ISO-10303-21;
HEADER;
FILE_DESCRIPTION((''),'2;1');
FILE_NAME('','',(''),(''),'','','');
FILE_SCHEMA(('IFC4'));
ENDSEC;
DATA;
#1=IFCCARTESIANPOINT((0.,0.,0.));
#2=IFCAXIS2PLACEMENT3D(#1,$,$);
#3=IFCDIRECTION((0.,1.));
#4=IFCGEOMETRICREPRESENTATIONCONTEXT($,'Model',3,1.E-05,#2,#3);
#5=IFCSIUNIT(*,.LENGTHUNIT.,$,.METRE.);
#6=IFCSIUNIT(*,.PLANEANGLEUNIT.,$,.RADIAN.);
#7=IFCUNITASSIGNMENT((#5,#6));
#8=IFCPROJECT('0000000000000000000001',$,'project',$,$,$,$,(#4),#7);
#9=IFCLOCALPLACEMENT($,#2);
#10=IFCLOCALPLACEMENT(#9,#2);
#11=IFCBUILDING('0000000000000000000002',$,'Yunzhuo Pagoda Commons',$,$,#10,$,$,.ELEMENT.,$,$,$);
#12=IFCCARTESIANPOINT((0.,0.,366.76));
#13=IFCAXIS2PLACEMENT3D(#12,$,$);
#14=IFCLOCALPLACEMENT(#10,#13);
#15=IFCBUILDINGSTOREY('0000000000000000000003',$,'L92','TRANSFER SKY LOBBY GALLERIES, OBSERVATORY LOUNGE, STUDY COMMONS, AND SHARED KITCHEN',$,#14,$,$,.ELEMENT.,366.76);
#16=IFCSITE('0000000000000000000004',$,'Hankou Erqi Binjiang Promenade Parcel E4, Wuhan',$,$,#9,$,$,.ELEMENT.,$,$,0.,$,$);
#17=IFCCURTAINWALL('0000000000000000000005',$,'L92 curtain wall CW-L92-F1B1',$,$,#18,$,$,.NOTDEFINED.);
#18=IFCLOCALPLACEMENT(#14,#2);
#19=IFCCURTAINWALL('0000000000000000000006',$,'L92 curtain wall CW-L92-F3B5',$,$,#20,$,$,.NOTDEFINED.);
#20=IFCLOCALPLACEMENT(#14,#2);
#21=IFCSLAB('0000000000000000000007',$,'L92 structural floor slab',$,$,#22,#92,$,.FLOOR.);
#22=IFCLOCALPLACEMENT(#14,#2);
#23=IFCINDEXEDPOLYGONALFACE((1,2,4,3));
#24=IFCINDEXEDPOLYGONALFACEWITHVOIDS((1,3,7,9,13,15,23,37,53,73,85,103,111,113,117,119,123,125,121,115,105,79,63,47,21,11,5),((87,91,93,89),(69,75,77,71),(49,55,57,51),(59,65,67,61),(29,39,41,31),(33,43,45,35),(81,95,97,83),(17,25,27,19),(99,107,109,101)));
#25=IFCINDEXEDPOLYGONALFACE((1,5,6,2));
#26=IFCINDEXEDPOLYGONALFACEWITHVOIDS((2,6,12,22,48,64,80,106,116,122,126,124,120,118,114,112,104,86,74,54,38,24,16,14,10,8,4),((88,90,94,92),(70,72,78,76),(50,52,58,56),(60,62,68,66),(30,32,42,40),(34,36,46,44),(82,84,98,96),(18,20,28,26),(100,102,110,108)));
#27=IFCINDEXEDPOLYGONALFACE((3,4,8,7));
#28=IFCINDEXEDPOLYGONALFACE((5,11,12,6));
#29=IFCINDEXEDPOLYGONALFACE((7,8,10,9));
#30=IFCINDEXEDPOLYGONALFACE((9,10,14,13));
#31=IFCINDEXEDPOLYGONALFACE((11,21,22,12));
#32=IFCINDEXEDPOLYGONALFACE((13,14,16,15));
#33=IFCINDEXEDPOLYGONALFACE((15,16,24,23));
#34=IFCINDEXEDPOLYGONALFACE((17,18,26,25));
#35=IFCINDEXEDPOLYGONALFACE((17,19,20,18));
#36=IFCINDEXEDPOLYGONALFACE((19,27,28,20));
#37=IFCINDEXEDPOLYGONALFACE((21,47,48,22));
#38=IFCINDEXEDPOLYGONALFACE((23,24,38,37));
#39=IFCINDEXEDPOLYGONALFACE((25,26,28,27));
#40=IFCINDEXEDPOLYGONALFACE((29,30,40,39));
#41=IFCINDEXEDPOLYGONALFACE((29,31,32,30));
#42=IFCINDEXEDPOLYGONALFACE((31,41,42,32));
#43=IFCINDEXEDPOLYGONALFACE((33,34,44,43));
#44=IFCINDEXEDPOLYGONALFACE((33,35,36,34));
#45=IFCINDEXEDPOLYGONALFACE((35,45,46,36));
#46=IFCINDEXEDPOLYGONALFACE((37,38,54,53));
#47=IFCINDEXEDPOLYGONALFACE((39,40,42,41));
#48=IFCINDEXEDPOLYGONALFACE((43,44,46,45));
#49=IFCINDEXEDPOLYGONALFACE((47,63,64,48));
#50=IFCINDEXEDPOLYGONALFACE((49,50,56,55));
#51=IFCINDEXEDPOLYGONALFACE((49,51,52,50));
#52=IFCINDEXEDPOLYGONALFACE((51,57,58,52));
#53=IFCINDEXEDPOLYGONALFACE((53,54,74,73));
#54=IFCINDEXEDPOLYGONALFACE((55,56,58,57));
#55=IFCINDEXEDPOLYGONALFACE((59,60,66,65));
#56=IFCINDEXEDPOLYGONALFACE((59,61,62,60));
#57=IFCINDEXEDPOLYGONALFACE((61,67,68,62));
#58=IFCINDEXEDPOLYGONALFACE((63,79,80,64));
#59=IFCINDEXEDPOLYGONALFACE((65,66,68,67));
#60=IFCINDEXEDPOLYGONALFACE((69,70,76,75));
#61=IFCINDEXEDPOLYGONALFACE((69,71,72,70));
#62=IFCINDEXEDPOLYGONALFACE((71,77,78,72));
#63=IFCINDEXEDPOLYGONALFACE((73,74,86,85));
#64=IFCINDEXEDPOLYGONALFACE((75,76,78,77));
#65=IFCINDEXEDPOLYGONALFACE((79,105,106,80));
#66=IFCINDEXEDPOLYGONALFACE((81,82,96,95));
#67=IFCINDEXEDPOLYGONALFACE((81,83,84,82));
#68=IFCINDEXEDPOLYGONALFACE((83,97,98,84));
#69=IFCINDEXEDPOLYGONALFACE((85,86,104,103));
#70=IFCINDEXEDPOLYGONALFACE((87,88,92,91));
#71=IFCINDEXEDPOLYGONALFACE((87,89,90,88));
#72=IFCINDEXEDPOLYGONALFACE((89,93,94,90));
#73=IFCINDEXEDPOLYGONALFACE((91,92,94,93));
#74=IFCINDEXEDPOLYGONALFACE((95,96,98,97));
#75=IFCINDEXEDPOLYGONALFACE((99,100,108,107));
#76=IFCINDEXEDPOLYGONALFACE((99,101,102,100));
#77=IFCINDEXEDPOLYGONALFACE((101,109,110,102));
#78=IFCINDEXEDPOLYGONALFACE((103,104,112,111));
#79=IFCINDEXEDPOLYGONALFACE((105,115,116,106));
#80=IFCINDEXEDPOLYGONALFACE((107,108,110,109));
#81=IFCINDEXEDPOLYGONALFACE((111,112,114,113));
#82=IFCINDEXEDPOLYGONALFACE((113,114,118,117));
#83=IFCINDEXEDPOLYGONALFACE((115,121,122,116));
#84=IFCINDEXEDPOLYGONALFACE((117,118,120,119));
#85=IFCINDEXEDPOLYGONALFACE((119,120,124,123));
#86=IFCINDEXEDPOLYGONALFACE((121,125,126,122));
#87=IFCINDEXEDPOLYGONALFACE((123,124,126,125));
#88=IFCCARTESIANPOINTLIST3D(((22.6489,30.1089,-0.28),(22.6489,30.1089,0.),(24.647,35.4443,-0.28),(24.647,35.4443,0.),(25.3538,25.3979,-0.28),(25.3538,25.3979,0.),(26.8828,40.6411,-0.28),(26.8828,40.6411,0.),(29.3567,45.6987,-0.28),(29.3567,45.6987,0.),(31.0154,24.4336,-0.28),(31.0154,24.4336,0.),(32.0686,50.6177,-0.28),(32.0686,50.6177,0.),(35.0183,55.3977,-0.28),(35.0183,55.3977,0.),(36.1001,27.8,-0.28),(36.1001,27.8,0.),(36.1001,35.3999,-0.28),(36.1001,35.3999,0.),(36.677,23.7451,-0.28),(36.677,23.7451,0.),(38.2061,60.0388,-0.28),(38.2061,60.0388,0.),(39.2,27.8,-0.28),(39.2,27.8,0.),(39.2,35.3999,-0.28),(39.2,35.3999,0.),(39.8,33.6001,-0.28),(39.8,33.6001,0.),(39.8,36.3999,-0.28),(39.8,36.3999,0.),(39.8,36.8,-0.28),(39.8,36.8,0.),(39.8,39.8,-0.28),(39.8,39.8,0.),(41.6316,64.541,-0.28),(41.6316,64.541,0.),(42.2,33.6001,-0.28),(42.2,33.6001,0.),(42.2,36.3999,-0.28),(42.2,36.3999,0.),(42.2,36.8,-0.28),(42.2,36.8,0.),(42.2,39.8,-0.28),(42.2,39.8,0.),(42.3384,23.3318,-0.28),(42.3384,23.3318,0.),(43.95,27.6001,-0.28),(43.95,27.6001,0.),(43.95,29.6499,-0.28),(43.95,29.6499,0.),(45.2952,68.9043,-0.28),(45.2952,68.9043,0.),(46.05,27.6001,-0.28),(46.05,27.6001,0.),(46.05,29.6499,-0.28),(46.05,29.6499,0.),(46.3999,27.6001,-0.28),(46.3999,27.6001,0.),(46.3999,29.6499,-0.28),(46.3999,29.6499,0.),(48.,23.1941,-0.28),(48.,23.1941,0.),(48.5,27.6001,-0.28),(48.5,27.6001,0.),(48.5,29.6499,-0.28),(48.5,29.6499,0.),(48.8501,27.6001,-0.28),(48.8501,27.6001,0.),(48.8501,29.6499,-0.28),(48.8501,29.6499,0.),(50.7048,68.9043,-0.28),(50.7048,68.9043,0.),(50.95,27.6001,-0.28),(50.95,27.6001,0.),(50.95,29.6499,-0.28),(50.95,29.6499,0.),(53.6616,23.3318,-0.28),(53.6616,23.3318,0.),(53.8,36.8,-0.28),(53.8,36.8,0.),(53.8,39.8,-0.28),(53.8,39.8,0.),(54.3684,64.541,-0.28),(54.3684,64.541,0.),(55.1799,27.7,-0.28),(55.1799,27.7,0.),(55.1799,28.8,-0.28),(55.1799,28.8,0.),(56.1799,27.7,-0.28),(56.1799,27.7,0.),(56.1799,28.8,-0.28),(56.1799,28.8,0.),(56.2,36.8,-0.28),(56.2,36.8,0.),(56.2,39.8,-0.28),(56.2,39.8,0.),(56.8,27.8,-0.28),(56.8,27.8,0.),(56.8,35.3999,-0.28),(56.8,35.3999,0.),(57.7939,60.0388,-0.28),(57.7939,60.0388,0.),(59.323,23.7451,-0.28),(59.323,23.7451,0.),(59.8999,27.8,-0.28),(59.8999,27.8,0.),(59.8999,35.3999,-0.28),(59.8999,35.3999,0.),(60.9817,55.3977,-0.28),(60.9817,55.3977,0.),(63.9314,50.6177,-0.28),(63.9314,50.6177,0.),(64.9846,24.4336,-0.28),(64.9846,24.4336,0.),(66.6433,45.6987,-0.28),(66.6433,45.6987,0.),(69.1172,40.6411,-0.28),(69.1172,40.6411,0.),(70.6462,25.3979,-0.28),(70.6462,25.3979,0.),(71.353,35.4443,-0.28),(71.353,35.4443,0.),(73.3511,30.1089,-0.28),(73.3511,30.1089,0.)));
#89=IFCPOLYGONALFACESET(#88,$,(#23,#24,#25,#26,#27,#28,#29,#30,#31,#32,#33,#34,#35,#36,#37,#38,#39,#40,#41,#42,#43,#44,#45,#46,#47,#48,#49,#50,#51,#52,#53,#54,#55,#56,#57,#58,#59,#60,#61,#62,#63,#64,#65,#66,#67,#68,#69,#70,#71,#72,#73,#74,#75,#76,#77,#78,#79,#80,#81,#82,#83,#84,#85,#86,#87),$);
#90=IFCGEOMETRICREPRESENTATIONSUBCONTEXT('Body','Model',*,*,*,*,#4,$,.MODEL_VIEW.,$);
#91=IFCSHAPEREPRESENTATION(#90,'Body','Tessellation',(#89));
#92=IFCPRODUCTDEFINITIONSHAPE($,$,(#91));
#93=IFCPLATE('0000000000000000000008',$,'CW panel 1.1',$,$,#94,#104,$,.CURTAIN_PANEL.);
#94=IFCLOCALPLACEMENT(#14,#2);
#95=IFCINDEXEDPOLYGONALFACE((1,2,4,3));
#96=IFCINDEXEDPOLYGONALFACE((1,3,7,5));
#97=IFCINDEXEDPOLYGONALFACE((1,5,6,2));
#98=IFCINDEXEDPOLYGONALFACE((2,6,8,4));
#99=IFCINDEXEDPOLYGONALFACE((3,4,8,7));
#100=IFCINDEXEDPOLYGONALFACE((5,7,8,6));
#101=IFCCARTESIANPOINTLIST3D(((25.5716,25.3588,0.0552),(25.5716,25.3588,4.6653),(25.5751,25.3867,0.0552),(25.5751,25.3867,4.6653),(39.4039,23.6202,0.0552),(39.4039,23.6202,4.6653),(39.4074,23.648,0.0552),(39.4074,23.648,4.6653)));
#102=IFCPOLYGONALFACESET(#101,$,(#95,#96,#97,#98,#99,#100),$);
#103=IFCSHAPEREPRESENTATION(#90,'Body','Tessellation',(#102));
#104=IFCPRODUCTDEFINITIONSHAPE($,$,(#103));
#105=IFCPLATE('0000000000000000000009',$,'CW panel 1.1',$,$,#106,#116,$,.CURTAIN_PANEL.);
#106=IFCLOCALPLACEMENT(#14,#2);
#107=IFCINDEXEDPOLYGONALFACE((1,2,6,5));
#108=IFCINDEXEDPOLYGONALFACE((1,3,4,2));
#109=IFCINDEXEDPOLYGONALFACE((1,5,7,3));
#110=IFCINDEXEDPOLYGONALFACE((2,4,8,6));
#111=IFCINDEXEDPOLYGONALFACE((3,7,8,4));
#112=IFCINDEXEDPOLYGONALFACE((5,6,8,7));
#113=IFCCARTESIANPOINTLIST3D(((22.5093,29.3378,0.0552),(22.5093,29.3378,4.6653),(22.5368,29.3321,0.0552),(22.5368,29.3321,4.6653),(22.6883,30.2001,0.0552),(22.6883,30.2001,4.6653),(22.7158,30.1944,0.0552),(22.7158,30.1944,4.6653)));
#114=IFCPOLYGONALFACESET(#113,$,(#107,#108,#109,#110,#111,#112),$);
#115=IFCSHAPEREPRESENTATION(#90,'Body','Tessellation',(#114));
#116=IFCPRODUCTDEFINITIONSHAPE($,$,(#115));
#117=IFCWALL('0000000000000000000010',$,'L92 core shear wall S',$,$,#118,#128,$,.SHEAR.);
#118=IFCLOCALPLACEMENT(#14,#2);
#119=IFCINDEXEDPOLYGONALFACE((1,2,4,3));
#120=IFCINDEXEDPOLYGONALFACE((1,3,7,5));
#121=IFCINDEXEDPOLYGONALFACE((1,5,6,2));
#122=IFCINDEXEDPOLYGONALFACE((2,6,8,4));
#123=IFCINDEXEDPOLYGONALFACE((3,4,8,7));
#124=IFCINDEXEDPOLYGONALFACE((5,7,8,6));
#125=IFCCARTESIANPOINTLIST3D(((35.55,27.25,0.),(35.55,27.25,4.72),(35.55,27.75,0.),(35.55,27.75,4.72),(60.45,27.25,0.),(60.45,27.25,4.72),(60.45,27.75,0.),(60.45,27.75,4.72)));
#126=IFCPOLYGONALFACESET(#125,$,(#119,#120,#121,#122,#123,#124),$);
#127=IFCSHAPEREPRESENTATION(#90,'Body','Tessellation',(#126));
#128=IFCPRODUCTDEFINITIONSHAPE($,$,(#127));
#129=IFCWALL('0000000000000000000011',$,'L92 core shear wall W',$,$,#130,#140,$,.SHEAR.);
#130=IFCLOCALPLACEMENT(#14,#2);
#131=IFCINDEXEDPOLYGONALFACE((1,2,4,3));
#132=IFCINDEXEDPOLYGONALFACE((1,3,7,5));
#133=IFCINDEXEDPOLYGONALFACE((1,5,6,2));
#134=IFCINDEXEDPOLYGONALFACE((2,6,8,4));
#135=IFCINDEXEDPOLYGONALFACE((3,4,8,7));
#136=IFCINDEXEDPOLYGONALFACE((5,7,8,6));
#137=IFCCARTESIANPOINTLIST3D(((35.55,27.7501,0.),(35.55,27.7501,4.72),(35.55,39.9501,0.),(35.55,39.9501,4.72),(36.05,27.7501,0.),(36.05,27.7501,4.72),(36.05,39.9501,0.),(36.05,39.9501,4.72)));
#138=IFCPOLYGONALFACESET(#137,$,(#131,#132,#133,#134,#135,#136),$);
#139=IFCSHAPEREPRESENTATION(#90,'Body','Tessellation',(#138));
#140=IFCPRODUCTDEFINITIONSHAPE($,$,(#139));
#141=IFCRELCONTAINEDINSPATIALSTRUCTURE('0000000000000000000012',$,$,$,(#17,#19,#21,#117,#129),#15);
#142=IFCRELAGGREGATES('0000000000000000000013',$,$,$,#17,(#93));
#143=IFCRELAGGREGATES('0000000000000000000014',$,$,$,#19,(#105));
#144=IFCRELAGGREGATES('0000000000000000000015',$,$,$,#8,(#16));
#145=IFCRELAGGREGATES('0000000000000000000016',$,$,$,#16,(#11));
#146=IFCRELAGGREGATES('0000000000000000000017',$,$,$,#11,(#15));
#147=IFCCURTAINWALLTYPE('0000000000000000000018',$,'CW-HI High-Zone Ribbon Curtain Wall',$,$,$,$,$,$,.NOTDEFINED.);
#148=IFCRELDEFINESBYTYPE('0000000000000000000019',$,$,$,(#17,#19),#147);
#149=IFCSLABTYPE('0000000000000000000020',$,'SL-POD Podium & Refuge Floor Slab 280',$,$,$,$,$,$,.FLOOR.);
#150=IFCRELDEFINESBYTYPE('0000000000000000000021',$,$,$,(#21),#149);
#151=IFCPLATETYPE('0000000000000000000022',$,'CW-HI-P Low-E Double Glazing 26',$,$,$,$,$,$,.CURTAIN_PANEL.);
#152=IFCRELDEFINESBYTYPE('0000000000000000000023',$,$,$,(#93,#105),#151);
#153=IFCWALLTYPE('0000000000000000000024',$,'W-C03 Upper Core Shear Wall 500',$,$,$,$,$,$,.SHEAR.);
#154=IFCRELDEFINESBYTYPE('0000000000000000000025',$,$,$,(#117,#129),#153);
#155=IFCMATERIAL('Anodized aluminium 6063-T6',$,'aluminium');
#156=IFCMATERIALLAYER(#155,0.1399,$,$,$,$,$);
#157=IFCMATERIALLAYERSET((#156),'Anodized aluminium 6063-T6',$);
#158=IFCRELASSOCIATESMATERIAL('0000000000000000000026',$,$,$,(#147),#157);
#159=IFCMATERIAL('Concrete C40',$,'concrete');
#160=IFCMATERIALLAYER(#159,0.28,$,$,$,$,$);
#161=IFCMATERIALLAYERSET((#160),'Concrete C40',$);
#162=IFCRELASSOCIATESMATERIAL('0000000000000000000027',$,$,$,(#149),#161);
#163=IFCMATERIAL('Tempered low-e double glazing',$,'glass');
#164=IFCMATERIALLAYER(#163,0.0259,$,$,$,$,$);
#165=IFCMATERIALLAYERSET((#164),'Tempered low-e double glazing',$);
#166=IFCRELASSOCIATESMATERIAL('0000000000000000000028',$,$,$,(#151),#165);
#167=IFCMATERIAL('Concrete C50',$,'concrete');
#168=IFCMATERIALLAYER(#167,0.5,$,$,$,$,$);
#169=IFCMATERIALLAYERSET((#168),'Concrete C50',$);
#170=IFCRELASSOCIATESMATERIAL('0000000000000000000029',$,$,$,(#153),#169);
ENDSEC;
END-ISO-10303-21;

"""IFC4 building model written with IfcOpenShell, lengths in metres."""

from ifc_helpers import new_model, si_unit, direction, frame, frame_2d, origin, origin_2d, place, context, subcontext, project, spatial, polyline, rectangle, outline, extrude, source, transform, mapped, material, layer, layer_set, type_object, element, aggregate, save


model = new_model("IFC4")

# Units and contexts
model_context = context("Model", 3, precision=1e-05, world=origin(), true_north=direction((0.0, 1.0)))
body_context = subcontext(model_context, "Body", "Model", "MODEL_VIEW")
ifc_project = project(units=[si_unit("LENGTHUNIT", "METRE"), si_unit("PLANEANGLEUNIT", "RADIAN")], contexts=[model_context])

# Site, building, storey
site_placement = place(None, origin())
site = spatial("IfcSite", under=ifc_project, at=site_placement, Name="Hankou Erqi Binjiang Promenade Parcel E4, Wuhan", CompositionType="ELEMENT", RefElevation=0.0)
building_placement = place(site_placement, origin())
building = spatial("IfcBuilding", under=site, at=building_placement, Name="Yunzhuo Pagoda Commons", CompositionType="ELEMENT")
storey_placement = place(building_placement, frame((0.0, 0.0, 366.76)))
storey = spatial("IfcBuildingStorey", under=building, at=storey_placement, Name="L92", Description="TRANSFER SKY LOBBY GALLERIES, OBSERVATORY LOUNGE, STUDY COMMONS, AND SHARED KITCHEN", CompositionType="ELEMENT", Elevation=366.76)

# Curtain wall
ifc_material_1 = material(Name="Anodized aluminium 6063-T6", Category="aluminium")
ifc_layer_1 = layer(ifc_material_1, 0.1399)
ifc_layer_set_1 = layer_set([ifc_layer_1], Name="Anodized aluminium 6063-T6")
curtain_wall_type = type_object("IfcCurtainWallType", Name="CW-HI High-Zone Ribbon Curtain Wall", PredefinedType="NOTDEFINED", material=ifc_layer_set_1)
curtain_wall_1_placement = place(storey_placement, origin())
curtain_wall_1 = element("IfcCurtainWall", 1, at=curtain_wall_1_placement, inside=storey, type_object=curtain_wall_type, Name="L92 curtain wall CW-L92-F1B1", PredefinedType="NOTDEFINED")

# Curtain wall
curtain_wall_2_placement = place(storey_placement, origin())
curtain_wall_2 = element("IfcCurtainWall", 2, at=curtain_wall_2_placement, inside=storey, type_object=curtain_wall_type, Name="L92 curtain wall CW-L92-F3B5", PredefinedType="NOTDEFINED")

# Shared definitions
ifc_material_2 = material(Name="Concrete C40", Category="concrete")

# Slab
ifc_layer_2 = layer(ifc_material_2, 0.28)
ifc_layer_set_2 = layer_set([ifc_layer_2], Name="Concrete C40")
slab_type_1 = type_object("IfcSlabType", Name="SL-POD Podium & Refuge Floor Slab 280", PredefinedType="FLOOR", material=ifc_layer_set_2)
slab_1_placement = place(storey_placement, frame((0.0, 0.0, -0.28)))
element("IfcSlab", 3, at=slab_1_placement, inside=storey, type_object=slab_type_1, Name="L92 structural floor slab", PredefinedType="FLOOR", context=body_context, shape_type="SweptSolid", body=[
    extrude(outline(polyline([(24.647, 35.4443), (26.8828, 40.6411), (29.3567, 45.6987), (32.0686, 50.6177), (35.0183, 55.3977), (38.2061, 60.0388), (41.6316, 64.541), (45.2952, 68.9043), (50.7048, 68.9043), (54.3684, 64.541), (57.7939, 60.0388), (60.9817, 55.3977), (63.9314, 50.6177), (66.6433, 45.6987), (69.1172, 40.6411), (71.353, 35.4443), (73.3511, 30.1089), (70.6462, 25.3979), (64.9846, 24.4336), (59.323, 23.7451), (53.6616, 23.3318), (48.0, 23.1941), (42.3384, 23.3318), (36.677, 23.7451), (31.0154, 24.4336), (25.3538, 25.3979), (22.6489, 30.1089), (24.647, 35.4443)]), holes=[polyline([(56.1799, 28.8), (55.1799, 28.8), (55.1799, 27.7), (56.1799, 27.7), (56.1799, 28.8)]), polyline([(46.05, 29.6499), (43.95, 29.6499), (43.95, 27.6001), (46.05, 27.6001), (46.05, 29.6499)]), polyline([(48.5, 29.6499), (46.3999, 29.6499), (46.3999, 27.6001), (48.5, 27.6001), (48.5, 29.6499)]), polyline([(50.95, 29.6499), (48.8501, 29.6499), (48.8501, 27.6001), (50.95, 27.6001), (50.95, 29.6499)]), polyline([(39.2, 27.8), (39.2, 35.3999), (36.1001, 35.3999), (36.1001, 27.8), (39.2, 27.8)]), polyline([(59.8999, 27.8), (59.8999, 35.3999), (56.8, 35.3999), (56.8, 27.8), (59.8999, 27.8)]), polyline([(42.2, 36.3999), (39.8, 36.3999), (39.8, 33.6001), (42.2, 33.6001), (42.2, 36.3999)]), polyline([(42.2, 36.8), (42.2, 39.8), (39.8, 39.8), (39.8, 36.8), (42.2, 36.8)]), polyline([(56.2, 36.8), (56.2, 39.8), (53.8, 39.8), (53.8, 36.8), (56.2, 36.8)])]), origin(), (0.0, 0.0, 1.0), 0.28),
])

# Plates
ifc_material_3 = material(Name="Tempered low-e double glazing", Category="glass")
ifc_layer_3 = layer(ifc_material_3, 0.0259)
ifc_layer_set_3 = layer_set([ifc_layer_3], Name="Tempered low-e double glazing")
plate_type = type_object("IfcPlateType", Name="CW-HI-P Low-E Double Glazing 26", PredefinedType="CURTAIN_PANEL", material=ifc_layer_set_3)
shared_shape_1 = source(origin(), body_context, "Body", "SweptSolid", [
    extrude(rectangle(XDim=13.9412, YDim=0.0281, at=origin_2d()), origin(), (0.0, 0.0, 1.0), 4.6101),
])
plate_1_placement = place(storey_placement, frame((32.4895, 24.5034, 0.0552), z_axis=(0.0, 0.0, 1.0), x_axis=(0.992193, -0.124712, 0.0)))
plate_1 = element("IfcPlate", 4, at=plate_1_placement, type_object=plate_type, Name="CW panel 1.1", PredefinedType="CURTAIN_PANEL", context=body_context, shape_type="MappedRepresentation", body=[
    mapped(shared_shape_1, transform((0.0, 0.0, 0.0), scale=1.0)),
])
aggregate(curtain_wall_1, [plate_1])
shared_shape_2 = source(origin(), body_context, "Body", "SweptSolid", [
    extrude(rectangle(XDim=0.8806, YDim=0.0281, at=origin_2d()), origin(), (0.0, 0.0, 1.0), 4.6101),
])
plate_2_placement = place(storey_placement, frame((22.6125, 29.7661, 0.0552), z_axis=(0.0, 0.0, 1.0), x_axis=(0.203184, 0.979141, 0.0)))
plate_2 = element("IfcPlate", 5, at=plate_2_placement, type_object=plate_type, Name="CW panel 1.1", PredefinedType="CURTAIN_PANEL", context=body_context, shape_type="MappedRepresentation", body=[
    mapped(shared_shape_2, transform((0.0, 0.0, 0.0), scale=1.0)),
])
aggregate(curtain_wall_2, [plate_2])

# Walls
ifc_material_4 = material(Name="Concrete C50", Category="concrete")
ifc_layer_4 = layer(ifc_material_4, 0.5)
ifc_layer_set_4 = layer_set([ifc_layer_4], Name="Concrete C50")
wall_type_1 = type_object("IfcWallType", Name="W-C03 Upper Core Shear Wall 500", PredefinedType="SHEAR", material=ifc_layer_set_4)
wall_1_placement = place(storey_placement, frame((35.55, 27.5, 0.0), z_axis=(0.0, 0.0, 1.0), x_axis=(1.0, 0.0, 0.0)))
element("IfcWall", 6, at=wall_1_placement, inside=storey, type_object=wall_type_1, Name="L92 core shear wall S", PredefinedType="SHEAR", context=body_context, shape_type="SweptSolid", body=[
    extrude(rectangle(XDim=24.8999, YDim=0.5, at=frame_2d((12.45, 0.0))), origin(), (0.0, 0.0, 1.0), 4.72),
])
wall_2_placement = place(storey_placement, frame((35.8, 27.75, 0.0), z_axis=(0.0, 0.0, 1.0), x_axis=(0.0, 1.0, 0.0)))
element("IfcWall", 7, at=wall_2_placement, inside=storey, type_object=wall_type_1, Name="L92 core shear wall W", PredefinedType="SHEAR", context=body_context, shape_type="SweptSolid", body=[
    extrude(rectangle(XDim=12.2, YDim=0.5, at=frame_2d((6.1001, 0.0))), origin(), (0.0, 0.0, 1.0), 4.72),
])

save(model, "model.ifc")
